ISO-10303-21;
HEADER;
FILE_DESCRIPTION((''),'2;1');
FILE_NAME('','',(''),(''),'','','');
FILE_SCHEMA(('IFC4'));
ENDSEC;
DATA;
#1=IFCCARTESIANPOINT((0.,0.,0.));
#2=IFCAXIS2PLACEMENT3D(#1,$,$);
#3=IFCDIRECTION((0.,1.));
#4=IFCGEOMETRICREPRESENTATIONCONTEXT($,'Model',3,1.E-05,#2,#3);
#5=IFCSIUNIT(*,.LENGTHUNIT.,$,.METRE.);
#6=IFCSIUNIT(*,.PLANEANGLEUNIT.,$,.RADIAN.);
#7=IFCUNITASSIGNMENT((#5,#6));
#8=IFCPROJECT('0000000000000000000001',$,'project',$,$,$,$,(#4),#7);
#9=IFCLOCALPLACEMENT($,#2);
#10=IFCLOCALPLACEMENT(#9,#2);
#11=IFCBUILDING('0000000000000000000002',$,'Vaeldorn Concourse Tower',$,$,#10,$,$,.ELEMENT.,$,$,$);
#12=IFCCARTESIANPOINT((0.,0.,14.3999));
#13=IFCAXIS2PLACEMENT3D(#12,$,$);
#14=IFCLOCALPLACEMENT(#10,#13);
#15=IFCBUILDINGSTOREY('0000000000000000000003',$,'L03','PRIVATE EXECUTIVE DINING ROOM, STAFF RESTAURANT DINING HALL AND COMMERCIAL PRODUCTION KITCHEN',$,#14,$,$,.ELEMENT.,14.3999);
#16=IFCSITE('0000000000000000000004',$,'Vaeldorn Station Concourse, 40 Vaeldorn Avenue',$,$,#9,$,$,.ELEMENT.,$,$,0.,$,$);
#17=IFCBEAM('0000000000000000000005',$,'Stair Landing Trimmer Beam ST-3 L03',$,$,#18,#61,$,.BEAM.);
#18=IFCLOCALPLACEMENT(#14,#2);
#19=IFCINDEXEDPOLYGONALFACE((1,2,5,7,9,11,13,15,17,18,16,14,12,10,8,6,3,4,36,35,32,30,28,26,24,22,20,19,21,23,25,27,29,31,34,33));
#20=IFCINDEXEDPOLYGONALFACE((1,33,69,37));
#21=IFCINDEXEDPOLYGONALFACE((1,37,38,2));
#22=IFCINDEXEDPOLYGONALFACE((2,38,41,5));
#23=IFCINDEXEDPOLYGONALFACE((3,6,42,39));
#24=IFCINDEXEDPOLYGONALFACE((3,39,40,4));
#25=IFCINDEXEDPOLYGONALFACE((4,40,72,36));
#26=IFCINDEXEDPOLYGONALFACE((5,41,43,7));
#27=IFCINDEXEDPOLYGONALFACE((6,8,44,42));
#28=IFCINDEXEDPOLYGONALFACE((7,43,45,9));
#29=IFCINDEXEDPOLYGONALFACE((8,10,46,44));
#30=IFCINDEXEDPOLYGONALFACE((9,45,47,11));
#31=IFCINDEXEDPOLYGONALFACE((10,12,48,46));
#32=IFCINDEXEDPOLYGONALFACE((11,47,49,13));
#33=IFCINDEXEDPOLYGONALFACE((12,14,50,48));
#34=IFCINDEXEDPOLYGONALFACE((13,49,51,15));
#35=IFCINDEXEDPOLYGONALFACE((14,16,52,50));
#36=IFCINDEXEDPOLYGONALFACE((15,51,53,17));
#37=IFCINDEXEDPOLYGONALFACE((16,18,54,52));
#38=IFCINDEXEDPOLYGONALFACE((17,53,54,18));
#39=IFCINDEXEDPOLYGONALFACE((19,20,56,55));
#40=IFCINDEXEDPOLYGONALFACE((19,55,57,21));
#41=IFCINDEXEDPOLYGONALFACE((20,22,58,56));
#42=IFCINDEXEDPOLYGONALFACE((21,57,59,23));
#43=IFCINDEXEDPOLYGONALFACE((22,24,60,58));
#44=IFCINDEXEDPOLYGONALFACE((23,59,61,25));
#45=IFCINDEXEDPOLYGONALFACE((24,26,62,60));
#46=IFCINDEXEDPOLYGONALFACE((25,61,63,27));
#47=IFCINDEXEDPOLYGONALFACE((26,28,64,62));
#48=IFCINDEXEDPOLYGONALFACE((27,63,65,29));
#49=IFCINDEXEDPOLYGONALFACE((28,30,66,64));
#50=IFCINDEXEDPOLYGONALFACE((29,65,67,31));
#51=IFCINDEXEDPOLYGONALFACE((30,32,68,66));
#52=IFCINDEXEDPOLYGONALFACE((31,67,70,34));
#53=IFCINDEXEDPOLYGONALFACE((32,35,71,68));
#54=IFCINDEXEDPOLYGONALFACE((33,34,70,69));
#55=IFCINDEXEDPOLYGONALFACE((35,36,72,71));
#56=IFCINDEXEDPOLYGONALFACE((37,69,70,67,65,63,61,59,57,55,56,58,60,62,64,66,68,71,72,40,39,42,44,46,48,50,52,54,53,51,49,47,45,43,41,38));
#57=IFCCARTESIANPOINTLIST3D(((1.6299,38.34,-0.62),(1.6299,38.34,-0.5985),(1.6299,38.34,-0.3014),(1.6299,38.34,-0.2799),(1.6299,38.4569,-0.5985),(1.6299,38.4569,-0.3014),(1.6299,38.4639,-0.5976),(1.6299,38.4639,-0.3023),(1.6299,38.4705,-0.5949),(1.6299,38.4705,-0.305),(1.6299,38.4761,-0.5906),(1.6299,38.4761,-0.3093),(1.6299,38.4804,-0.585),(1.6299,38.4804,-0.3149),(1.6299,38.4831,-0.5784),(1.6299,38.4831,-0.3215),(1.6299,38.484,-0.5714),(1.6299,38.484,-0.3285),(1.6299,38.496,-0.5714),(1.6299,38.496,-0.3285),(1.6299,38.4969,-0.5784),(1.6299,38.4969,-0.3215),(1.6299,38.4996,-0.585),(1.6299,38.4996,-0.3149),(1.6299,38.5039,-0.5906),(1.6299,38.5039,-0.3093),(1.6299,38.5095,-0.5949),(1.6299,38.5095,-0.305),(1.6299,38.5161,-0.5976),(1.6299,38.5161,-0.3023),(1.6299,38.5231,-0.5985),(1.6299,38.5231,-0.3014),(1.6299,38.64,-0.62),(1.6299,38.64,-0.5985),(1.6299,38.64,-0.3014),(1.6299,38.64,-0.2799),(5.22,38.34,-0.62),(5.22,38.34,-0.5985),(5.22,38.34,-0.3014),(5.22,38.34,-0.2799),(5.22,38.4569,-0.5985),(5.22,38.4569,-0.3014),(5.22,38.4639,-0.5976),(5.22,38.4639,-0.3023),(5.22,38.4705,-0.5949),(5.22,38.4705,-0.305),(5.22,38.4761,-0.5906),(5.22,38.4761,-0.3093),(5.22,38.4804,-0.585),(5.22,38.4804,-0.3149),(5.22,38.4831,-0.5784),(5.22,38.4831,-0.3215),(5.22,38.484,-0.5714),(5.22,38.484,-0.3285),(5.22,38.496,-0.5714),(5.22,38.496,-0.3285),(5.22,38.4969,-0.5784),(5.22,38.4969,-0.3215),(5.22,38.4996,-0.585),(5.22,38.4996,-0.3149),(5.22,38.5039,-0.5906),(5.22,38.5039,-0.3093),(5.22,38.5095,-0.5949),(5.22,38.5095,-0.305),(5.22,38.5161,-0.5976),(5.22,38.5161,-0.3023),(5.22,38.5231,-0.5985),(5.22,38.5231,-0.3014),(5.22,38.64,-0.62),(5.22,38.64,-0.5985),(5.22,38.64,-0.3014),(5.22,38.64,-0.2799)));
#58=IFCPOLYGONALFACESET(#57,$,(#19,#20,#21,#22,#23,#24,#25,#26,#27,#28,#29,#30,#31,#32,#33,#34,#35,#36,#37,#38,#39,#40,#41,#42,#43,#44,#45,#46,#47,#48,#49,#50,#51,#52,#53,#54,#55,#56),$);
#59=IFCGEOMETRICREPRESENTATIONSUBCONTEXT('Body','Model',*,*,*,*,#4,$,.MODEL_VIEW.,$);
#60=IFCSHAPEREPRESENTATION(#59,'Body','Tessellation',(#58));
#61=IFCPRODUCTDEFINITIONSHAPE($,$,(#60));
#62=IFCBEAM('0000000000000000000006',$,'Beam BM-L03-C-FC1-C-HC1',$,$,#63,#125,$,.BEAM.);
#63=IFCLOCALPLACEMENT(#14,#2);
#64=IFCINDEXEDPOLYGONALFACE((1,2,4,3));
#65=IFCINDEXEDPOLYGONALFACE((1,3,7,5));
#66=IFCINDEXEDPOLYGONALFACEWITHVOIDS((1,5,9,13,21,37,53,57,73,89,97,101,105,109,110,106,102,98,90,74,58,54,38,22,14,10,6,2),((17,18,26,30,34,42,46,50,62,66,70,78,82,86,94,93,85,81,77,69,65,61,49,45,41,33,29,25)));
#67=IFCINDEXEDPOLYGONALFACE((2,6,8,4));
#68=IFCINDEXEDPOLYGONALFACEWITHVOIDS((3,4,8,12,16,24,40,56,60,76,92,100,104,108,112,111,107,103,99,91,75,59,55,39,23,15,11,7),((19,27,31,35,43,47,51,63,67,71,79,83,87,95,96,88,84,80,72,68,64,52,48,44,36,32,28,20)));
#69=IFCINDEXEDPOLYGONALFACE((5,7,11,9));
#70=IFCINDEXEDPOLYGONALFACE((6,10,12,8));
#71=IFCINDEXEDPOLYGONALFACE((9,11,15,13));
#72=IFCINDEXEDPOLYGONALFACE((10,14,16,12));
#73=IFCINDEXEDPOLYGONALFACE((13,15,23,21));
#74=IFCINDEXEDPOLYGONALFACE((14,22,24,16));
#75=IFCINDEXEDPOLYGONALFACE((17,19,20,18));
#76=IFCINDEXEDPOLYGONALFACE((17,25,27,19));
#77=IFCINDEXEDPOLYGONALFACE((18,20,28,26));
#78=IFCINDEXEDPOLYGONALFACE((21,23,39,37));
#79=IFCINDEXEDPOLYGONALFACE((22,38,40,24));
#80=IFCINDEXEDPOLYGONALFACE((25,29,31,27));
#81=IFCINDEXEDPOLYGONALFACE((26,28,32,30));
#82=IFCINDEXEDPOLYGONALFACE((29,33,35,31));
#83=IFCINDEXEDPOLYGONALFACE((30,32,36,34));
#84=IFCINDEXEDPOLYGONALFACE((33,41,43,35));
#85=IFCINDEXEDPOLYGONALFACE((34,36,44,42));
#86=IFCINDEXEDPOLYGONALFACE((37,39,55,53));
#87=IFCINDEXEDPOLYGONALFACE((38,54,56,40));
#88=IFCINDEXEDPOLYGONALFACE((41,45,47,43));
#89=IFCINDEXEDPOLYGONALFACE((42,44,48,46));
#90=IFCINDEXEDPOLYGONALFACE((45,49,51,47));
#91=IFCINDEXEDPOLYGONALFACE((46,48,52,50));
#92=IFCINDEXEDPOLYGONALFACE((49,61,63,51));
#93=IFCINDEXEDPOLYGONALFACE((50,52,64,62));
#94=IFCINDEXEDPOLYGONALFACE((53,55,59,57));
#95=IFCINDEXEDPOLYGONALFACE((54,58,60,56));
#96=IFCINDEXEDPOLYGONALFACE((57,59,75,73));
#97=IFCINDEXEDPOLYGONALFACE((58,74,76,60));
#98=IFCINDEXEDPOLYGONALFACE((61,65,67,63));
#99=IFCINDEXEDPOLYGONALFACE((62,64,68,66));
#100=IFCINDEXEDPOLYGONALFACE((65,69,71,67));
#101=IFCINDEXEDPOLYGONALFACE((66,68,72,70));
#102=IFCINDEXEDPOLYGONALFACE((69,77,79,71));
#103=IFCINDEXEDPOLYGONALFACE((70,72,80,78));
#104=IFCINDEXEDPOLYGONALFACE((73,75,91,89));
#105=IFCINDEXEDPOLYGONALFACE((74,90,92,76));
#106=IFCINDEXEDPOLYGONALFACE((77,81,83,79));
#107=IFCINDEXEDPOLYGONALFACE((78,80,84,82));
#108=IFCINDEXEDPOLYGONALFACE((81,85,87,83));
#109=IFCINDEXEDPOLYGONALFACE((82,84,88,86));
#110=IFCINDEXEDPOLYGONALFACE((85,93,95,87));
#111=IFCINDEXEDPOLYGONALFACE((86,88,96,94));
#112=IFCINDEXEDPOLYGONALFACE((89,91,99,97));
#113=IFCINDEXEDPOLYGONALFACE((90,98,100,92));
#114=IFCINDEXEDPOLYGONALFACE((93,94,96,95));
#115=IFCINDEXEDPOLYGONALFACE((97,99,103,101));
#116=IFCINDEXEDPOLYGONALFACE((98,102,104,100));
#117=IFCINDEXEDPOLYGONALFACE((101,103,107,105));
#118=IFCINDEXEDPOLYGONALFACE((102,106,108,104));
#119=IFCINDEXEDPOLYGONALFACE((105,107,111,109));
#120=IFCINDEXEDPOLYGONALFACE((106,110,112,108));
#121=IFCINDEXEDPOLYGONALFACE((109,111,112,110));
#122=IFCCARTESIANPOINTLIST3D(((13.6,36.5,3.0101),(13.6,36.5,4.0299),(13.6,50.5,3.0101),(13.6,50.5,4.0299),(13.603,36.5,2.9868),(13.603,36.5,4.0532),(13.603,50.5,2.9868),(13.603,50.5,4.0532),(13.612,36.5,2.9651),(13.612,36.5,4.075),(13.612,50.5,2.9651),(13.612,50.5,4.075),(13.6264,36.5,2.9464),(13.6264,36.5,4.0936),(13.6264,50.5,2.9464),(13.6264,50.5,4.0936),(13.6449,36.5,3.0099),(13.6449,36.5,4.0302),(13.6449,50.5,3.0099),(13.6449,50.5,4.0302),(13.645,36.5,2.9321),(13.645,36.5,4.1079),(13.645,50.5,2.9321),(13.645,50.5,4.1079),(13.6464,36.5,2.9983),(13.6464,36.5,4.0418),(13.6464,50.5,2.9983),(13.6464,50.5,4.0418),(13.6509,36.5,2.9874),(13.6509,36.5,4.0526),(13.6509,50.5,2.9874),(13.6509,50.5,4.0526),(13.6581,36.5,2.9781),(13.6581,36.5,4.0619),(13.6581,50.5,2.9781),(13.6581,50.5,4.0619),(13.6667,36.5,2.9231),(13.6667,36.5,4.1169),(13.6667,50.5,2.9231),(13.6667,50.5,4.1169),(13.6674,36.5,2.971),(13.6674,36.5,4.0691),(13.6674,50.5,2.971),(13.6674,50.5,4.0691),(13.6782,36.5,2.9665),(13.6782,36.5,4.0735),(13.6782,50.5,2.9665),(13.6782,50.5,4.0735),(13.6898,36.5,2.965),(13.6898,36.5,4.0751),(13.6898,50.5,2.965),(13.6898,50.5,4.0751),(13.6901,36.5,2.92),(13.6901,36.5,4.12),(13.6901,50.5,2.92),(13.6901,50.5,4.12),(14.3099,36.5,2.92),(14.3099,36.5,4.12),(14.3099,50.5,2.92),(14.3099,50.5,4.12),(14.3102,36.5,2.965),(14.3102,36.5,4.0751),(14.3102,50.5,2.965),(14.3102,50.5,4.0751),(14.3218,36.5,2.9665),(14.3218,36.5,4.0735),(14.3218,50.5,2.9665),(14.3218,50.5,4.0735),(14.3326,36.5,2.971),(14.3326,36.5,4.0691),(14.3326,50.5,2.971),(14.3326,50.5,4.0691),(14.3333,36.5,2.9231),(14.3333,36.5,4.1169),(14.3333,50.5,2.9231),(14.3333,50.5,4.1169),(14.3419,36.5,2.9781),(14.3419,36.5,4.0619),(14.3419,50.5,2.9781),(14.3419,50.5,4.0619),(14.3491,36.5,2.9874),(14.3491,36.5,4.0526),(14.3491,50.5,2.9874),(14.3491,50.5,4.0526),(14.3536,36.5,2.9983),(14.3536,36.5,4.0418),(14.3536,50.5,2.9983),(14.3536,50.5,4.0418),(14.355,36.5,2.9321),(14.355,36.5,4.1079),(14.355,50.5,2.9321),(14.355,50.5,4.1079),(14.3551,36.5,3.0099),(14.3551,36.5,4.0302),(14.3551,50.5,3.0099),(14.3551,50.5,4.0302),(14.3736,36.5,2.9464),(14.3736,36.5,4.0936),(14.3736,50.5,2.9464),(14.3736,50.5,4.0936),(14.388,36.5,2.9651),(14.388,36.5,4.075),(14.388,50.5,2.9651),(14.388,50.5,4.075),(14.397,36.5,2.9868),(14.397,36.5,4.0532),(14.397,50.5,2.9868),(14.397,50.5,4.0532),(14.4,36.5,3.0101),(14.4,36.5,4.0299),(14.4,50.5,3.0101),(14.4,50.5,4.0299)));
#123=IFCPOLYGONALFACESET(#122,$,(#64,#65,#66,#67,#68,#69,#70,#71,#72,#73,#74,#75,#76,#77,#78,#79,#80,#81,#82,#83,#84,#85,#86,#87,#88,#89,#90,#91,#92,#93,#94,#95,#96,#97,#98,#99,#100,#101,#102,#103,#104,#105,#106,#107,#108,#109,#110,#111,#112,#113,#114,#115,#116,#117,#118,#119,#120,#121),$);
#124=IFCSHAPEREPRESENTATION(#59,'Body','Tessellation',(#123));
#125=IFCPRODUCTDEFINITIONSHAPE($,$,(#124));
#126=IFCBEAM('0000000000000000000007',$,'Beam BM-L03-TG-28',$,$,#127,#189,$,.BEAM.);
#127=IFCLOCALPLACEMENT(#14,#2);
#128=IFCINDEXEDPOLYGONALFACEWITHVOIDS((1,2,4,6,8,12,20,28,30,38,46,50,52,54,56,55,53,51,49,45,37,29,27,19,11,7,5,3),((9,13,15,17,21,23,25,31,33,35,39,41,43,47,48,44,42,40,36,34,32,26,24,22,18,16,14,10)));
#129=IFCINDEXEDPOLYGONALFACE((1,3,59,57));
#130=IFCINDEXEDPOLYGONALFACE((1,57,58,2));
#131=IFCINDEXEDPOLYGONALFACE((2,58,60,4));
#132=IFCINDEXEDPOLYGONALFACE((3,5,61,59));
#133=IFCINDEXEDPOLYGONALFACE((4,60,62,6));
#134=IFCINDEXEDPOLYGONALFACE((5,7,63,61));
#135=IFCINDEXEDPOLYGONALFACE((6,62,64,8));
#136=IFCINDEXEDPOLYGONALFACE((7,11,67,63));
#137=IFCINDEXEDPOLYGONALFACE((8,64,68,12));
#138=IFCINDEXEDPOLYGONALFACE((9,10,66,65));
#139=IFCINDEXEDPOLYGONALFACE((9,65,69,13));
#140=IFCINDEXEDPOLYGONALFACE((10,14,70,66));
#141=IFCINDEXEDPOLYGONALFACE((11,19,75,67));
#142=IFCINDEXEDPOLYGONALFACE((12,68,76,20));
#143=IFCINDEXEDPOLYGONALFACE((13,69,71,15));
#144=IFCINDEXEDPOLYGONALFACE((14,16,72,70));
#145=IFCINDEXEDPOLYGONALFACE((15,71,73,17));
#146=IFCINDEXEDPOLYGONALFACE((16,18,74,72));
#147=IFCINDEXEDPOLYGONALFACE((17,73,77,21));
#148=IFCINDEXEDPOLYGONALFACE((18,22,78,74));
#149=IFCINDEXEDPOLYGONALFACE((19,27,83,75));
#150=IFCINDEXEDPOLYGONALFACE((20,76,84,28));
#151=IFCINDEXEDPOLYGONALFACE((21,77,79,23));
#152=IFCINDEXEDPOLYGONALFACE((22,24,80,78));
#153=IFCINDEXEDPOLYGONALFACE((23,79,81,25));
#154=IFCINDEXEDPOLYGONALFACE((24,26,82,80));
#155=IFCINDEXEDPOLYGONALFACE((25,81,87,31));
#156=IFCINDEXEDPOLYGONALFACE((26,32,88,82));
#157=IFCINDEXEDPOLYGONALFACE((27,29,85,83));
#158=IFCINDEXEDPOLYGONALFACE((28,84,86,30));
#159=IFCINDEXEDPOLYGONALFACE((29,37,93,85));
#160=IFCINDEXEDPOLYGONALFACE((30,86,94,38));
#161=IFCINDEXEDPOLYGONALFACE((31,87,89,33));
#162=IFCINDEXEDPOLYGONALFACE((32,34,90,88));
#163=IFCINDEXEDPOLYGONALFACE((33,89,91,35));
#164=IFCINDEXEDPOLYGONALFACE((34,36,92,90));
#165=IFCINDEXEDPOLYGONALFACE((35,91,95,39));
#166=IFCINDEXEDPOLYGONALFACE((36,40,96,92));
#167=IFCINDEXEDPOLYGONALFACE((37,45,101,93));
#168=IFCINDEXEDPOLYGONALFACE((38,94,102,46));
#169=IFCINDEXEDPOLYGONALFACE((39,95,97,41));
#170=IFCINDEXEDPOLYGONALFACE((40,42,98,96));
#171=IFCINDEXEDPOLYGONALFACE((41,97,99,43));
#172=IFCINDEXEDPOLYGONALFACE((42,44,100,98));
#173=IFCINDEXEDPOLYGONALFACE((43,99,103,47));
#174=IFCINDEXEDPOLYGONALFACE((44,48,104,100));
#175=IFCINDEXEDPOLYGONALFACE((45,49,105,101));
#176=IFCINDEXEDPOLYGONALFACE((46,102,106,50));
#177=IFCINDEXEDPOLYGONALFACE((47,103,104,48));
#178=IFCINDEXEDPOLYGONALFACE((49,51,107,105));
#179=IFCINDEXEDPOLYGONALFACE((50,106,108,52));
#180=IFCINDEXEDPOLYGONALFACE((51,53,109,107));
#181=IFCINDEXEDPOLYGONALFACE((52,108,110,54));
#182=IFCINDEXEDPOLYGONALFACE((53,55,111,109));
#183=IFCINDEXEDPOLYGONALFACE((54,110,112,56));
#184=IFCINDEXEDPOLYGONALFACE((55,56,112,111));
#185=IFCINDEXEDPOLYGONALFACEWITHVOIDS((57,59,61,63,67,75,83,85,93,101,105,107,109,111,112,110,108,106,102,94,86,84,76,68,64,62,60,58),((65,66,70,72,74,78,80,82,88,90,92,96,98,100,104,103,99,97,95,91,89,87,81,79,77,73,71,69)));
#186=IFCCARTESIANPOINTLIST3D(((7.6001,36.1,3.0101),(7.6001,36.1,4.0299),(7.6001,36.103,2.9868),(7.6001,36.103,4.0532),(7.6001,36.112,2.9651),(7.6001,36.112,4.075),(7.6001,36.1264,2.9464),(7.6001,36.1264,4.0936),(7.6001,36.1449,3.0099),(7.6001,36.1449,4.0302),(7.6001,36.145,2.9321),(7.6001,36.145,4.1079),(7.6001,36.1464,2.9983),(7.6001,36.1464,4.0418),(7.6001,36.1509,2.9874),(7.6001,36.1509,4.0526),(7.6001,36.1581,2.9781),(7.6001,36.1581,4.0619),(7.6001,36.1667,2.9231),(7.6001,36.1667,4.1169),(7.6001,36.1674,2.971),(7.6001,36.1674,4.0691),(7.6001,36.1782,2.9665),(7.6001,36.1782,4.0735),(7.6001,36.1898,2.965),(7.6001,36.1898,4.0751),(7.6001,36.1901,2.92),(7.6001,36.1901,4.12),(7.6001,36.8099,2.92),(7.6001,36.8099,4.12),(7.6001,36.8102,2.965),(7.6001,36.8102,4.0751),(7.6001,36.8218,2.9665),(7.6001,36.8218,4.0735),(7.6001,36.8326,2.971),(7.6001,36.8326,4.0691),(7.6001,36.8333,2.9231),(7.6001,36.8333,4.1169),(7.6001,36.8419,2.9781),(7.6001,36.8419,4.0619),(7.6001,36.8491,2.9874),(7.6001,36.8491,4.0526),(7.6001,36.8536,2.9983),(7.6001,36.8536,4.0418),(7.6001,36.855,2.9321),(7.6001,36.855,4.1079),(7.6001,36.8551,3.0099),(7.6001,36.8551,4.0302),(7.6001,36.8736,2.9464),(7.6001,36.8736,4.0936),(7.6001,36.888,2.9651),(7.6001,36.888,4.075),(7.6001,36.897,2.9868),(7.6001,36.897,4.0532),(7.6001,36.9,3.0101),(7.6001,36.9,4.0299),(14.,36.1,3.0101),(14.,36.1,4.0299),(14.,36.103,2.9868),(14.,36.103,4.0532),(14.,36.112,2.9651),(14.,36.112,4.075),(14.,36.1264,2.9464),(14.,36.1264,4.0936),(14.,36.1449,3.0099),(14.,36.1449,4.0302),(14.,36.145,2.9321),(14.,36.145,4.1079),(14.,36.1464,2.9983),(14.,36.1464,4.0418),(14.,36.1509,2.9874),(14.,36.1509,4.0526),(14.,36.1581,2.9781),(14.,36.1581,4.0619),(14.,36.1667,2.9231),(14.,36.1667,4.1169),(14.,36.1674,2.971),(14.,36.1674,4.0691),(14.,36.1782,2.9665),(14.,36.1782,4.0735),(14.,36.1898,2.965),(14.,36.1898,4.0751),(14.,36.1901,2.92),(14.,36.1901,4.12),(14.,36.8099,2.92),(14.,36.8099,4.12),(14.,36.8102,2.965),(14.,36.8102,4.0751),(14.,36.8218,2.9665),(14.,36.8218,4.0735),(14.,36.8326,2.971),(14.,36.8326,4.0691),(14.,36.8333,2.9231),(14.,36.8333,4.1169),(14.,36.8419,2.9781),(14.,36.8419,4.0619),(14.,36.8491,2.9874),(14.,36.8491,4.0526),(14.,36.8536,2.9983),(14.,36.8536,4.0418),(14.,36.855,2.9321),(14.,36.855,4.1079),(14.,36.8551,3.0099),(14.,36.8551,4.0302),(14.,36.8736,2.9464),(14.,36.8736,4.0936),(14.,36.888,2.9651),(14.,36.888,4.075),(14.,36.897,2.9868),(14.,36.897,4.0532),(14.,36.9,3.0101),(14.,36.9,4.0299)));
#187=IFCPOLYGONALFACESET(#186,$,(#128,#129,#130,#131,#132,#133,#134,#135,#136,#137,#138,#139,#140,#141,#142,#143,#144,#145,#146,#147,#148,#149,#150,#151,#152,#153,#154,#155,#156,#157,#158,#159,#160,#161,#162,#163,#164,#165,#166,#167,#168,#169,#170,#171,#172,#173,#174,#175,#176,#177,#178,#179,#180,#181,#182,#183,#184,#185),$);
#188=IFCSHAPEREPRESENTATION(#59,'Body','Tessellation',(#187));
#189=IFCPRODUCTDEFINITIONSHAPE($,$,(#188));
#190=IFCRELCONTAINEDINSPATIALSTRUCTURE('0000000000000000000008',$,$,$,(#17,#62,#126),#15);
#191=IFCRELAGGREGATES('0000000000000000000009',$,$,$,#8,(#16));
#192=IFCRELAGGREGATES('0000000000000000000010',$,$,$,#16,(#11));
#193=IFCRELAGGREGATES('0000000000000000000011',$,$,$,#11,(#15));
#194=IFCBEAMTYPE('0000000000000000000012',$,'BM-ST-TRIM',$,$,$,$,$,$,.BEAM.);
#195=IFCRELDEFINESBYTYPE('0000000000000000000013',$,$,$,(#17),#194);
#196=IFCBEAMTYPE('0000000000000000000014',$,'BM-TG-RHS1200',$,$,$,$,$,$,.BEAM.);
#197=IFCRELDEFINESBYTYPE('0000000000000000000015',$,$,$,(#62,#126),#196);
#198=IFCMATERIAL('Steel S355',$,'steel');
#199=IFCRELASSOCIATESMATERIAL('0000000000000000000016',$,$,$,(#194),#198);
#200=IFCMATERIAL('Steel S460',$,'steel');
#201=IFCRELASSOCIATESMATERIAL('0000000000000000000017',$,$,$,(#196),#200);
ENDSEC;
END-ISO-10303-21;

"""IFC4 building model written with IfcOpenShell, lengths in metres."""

from ifc_helpers import new_model, si_unit, direction, frame, origin, origin_2d, place, context, subcontext, project, spatial, hollow_rectangle, i_section, extrude, source, transform, mapped, material, material_profile, profile_set, type_object, element, save


model = new_model("IFC4")

# Units and contexts
model_context = context("Model", 3, precision=1e-05, world=origin(), true_north=direction((0.0, 1.0)))
body_context = subcontext(model_context, "Body", "Model", "MODEL_VIEW")
ifc_project = project(units=[si_unit("LENGTHUNIT", "METRE"), si_unit("PLANEANGLEUNIT", "RADIAN")], contexts=[model_context])

# Site, building, storey
site_placement = place(None, origin())
site = spatial("IfcSite", under=ifc_project, at=site_placement, Name="Vaeldorn Station Concourse, 40 Vaeldorn Avenue", CompositionType="ELEMENT", RefElevation=0.0)
building_placement = place(site_placement, origin())
building = spatial("IfcBuilding", under=site, at=building_placement, Name="Vaeldorn Concourse Tower", CompositionType="ELEMENT")
storey_placement = place(building_placement, frame((0.0, 0.0, 14.3999)))
storey = spatial("IfcBuildingStorey", under=building, at=storey_placement, Name="L03", Description="PRIVATE EXECUTIVE DINING ROOM, STAFF RESTAURANT DINING HALL AND COMMERCIAL PRODUCTION KITCHEN", CompositionType="ELEMENT", Elevation=14.3999)

# Shared definitions
ifc_material_1 = material(Name="Steel S460", Category="steel")

# Beams
ifc_material_2 = material(Name="Steel S355", Category="steel")
ifc_material_profile_1 = material_profile(ifc_material_2, i_section(OverallWidth=0.3, OverallDepth=0.3401, WebThickness=0.012, FlangeThickness=0.0215, FilletRadius=0.0271, at=origin_2d()), Name="HEB 340")
ifc_profile_set_1 = profile_set([ifc_material_profile_1], Name="Steel S355")
beam_type_1 = type_object("IfcBeamType", Name="BM-ST-TRIM", PredefinedType="BEAM", material=ifc_profile_set_1)
shared_shape_1 = source(origin(), body_context, "Body", "SweptSolid", [
    extrude(i_section(OverallWidth=0.3, OverallDepth=0.3401, WebThickness=0.012, FlangeThickness=0.0215, FilletRadius=0.0271, at=origin_2d()), origin(), (0.0, 0.0, 1.0), 3.5901),
])
for number, where, z_axis, x_axis, name in (
    (1, (1.6299, 38.49, -0.45), (1.0, 0.0, 0.0), (0.0, 1.0, 0.0), "Stair Landing Trimmer Beam ST-3 L03"),
):
    element("IfcBeam", number, at=place(storey_placement, frame(where, z_axis=z_axis, x_axis=x_axis)), inside=storey, type_object=beam_type_1, Name=name, PredefinedType="BEAM", context=body_context, shape_type="MappedRepresentation", body=[
        mapped(shared_shape_1, transform((0.0, 0.0, 0.0), scale=1.0)),
    ])
ifc_material_profile_2 = material_profile(ifc_material_1, hollow_rectangle(XDim=0.8, YDim=1.2, WallThickness=0.0449, InnerFilletRadius=0.0449, OuterFilletRadius=0.0901, at=origin_2d()), Name="RHS 1200x800x45")
ifc_profile_set_2 = profile_set([ifc_material_profile_2], Name="Steel S460")
beam_type_2 = type_object("IfcBeamType", Name="BM-TG-RHS1200", PredefinedType="BEAM", material=ifc_profile_set_2)
shared_shape_2 = source(origin(), body_context, "Body", "SweptSolid", [
    extrude(hollow_rectangle(XDim=0.8, YDim=1.2, WallThickness=0.0449, InnerFilletRadius=0.0449, OuterFilletRadius=0.0901, at=origin_2d()), origin(), (0.0, 0.0, 1.0), 14.0),
])
beam_1_placement = place(storey_placement, frame((14.0, 36.5, 3.52), z_axis=(0.0, 1.0, 0.0), x_axis=(-1.0, 0.0, 0.0)))
element("IfcBeam", 2, at=beam_1_placement, inside=storey, type_object=beam_type_2, Name="Beam BM-L03-C-FC1-C-HC1", PredefinedType="BEAM", context=body_context, shape_type="MappedRepresentation", body=[
    mapped(shared_shape_2, transform((0.0, 0.0, 0.0), scale=1.0)),
])
shared_shape_3 = source(origin(), body_context, "Body", "SweptSolid", [
    extrude(hollow_rectangle(XDim=0.8, YDim=1.2, WallThickness=0.0449, InnerFilletRadius=0.0449, OuterFilletRadius=0.0901, at=origin_2d()), origin(), (0.0, 0.0, 1.0), 6.3999),
])
beam_2_placement = place(storey_placement, frame((7.6001, 36.5, 3.52), z_axis=(1.0, 0.0, 0.0), x_axis=(0.0, 1.0, 0.0)))
element("IfcBeam", 3, at=beam_2_placement, inside=storey, type_object=beam_type_2, Name="Beam BM-L03-TG-28", PredefinedType="BEAM", context=body_context, shape_type="MappedRepresentation", body=[
    mapped(shared_shape_3, transform((0.0, 0.0, 0.0), scale=1.0)),
])

save(model, "model.ifc")
